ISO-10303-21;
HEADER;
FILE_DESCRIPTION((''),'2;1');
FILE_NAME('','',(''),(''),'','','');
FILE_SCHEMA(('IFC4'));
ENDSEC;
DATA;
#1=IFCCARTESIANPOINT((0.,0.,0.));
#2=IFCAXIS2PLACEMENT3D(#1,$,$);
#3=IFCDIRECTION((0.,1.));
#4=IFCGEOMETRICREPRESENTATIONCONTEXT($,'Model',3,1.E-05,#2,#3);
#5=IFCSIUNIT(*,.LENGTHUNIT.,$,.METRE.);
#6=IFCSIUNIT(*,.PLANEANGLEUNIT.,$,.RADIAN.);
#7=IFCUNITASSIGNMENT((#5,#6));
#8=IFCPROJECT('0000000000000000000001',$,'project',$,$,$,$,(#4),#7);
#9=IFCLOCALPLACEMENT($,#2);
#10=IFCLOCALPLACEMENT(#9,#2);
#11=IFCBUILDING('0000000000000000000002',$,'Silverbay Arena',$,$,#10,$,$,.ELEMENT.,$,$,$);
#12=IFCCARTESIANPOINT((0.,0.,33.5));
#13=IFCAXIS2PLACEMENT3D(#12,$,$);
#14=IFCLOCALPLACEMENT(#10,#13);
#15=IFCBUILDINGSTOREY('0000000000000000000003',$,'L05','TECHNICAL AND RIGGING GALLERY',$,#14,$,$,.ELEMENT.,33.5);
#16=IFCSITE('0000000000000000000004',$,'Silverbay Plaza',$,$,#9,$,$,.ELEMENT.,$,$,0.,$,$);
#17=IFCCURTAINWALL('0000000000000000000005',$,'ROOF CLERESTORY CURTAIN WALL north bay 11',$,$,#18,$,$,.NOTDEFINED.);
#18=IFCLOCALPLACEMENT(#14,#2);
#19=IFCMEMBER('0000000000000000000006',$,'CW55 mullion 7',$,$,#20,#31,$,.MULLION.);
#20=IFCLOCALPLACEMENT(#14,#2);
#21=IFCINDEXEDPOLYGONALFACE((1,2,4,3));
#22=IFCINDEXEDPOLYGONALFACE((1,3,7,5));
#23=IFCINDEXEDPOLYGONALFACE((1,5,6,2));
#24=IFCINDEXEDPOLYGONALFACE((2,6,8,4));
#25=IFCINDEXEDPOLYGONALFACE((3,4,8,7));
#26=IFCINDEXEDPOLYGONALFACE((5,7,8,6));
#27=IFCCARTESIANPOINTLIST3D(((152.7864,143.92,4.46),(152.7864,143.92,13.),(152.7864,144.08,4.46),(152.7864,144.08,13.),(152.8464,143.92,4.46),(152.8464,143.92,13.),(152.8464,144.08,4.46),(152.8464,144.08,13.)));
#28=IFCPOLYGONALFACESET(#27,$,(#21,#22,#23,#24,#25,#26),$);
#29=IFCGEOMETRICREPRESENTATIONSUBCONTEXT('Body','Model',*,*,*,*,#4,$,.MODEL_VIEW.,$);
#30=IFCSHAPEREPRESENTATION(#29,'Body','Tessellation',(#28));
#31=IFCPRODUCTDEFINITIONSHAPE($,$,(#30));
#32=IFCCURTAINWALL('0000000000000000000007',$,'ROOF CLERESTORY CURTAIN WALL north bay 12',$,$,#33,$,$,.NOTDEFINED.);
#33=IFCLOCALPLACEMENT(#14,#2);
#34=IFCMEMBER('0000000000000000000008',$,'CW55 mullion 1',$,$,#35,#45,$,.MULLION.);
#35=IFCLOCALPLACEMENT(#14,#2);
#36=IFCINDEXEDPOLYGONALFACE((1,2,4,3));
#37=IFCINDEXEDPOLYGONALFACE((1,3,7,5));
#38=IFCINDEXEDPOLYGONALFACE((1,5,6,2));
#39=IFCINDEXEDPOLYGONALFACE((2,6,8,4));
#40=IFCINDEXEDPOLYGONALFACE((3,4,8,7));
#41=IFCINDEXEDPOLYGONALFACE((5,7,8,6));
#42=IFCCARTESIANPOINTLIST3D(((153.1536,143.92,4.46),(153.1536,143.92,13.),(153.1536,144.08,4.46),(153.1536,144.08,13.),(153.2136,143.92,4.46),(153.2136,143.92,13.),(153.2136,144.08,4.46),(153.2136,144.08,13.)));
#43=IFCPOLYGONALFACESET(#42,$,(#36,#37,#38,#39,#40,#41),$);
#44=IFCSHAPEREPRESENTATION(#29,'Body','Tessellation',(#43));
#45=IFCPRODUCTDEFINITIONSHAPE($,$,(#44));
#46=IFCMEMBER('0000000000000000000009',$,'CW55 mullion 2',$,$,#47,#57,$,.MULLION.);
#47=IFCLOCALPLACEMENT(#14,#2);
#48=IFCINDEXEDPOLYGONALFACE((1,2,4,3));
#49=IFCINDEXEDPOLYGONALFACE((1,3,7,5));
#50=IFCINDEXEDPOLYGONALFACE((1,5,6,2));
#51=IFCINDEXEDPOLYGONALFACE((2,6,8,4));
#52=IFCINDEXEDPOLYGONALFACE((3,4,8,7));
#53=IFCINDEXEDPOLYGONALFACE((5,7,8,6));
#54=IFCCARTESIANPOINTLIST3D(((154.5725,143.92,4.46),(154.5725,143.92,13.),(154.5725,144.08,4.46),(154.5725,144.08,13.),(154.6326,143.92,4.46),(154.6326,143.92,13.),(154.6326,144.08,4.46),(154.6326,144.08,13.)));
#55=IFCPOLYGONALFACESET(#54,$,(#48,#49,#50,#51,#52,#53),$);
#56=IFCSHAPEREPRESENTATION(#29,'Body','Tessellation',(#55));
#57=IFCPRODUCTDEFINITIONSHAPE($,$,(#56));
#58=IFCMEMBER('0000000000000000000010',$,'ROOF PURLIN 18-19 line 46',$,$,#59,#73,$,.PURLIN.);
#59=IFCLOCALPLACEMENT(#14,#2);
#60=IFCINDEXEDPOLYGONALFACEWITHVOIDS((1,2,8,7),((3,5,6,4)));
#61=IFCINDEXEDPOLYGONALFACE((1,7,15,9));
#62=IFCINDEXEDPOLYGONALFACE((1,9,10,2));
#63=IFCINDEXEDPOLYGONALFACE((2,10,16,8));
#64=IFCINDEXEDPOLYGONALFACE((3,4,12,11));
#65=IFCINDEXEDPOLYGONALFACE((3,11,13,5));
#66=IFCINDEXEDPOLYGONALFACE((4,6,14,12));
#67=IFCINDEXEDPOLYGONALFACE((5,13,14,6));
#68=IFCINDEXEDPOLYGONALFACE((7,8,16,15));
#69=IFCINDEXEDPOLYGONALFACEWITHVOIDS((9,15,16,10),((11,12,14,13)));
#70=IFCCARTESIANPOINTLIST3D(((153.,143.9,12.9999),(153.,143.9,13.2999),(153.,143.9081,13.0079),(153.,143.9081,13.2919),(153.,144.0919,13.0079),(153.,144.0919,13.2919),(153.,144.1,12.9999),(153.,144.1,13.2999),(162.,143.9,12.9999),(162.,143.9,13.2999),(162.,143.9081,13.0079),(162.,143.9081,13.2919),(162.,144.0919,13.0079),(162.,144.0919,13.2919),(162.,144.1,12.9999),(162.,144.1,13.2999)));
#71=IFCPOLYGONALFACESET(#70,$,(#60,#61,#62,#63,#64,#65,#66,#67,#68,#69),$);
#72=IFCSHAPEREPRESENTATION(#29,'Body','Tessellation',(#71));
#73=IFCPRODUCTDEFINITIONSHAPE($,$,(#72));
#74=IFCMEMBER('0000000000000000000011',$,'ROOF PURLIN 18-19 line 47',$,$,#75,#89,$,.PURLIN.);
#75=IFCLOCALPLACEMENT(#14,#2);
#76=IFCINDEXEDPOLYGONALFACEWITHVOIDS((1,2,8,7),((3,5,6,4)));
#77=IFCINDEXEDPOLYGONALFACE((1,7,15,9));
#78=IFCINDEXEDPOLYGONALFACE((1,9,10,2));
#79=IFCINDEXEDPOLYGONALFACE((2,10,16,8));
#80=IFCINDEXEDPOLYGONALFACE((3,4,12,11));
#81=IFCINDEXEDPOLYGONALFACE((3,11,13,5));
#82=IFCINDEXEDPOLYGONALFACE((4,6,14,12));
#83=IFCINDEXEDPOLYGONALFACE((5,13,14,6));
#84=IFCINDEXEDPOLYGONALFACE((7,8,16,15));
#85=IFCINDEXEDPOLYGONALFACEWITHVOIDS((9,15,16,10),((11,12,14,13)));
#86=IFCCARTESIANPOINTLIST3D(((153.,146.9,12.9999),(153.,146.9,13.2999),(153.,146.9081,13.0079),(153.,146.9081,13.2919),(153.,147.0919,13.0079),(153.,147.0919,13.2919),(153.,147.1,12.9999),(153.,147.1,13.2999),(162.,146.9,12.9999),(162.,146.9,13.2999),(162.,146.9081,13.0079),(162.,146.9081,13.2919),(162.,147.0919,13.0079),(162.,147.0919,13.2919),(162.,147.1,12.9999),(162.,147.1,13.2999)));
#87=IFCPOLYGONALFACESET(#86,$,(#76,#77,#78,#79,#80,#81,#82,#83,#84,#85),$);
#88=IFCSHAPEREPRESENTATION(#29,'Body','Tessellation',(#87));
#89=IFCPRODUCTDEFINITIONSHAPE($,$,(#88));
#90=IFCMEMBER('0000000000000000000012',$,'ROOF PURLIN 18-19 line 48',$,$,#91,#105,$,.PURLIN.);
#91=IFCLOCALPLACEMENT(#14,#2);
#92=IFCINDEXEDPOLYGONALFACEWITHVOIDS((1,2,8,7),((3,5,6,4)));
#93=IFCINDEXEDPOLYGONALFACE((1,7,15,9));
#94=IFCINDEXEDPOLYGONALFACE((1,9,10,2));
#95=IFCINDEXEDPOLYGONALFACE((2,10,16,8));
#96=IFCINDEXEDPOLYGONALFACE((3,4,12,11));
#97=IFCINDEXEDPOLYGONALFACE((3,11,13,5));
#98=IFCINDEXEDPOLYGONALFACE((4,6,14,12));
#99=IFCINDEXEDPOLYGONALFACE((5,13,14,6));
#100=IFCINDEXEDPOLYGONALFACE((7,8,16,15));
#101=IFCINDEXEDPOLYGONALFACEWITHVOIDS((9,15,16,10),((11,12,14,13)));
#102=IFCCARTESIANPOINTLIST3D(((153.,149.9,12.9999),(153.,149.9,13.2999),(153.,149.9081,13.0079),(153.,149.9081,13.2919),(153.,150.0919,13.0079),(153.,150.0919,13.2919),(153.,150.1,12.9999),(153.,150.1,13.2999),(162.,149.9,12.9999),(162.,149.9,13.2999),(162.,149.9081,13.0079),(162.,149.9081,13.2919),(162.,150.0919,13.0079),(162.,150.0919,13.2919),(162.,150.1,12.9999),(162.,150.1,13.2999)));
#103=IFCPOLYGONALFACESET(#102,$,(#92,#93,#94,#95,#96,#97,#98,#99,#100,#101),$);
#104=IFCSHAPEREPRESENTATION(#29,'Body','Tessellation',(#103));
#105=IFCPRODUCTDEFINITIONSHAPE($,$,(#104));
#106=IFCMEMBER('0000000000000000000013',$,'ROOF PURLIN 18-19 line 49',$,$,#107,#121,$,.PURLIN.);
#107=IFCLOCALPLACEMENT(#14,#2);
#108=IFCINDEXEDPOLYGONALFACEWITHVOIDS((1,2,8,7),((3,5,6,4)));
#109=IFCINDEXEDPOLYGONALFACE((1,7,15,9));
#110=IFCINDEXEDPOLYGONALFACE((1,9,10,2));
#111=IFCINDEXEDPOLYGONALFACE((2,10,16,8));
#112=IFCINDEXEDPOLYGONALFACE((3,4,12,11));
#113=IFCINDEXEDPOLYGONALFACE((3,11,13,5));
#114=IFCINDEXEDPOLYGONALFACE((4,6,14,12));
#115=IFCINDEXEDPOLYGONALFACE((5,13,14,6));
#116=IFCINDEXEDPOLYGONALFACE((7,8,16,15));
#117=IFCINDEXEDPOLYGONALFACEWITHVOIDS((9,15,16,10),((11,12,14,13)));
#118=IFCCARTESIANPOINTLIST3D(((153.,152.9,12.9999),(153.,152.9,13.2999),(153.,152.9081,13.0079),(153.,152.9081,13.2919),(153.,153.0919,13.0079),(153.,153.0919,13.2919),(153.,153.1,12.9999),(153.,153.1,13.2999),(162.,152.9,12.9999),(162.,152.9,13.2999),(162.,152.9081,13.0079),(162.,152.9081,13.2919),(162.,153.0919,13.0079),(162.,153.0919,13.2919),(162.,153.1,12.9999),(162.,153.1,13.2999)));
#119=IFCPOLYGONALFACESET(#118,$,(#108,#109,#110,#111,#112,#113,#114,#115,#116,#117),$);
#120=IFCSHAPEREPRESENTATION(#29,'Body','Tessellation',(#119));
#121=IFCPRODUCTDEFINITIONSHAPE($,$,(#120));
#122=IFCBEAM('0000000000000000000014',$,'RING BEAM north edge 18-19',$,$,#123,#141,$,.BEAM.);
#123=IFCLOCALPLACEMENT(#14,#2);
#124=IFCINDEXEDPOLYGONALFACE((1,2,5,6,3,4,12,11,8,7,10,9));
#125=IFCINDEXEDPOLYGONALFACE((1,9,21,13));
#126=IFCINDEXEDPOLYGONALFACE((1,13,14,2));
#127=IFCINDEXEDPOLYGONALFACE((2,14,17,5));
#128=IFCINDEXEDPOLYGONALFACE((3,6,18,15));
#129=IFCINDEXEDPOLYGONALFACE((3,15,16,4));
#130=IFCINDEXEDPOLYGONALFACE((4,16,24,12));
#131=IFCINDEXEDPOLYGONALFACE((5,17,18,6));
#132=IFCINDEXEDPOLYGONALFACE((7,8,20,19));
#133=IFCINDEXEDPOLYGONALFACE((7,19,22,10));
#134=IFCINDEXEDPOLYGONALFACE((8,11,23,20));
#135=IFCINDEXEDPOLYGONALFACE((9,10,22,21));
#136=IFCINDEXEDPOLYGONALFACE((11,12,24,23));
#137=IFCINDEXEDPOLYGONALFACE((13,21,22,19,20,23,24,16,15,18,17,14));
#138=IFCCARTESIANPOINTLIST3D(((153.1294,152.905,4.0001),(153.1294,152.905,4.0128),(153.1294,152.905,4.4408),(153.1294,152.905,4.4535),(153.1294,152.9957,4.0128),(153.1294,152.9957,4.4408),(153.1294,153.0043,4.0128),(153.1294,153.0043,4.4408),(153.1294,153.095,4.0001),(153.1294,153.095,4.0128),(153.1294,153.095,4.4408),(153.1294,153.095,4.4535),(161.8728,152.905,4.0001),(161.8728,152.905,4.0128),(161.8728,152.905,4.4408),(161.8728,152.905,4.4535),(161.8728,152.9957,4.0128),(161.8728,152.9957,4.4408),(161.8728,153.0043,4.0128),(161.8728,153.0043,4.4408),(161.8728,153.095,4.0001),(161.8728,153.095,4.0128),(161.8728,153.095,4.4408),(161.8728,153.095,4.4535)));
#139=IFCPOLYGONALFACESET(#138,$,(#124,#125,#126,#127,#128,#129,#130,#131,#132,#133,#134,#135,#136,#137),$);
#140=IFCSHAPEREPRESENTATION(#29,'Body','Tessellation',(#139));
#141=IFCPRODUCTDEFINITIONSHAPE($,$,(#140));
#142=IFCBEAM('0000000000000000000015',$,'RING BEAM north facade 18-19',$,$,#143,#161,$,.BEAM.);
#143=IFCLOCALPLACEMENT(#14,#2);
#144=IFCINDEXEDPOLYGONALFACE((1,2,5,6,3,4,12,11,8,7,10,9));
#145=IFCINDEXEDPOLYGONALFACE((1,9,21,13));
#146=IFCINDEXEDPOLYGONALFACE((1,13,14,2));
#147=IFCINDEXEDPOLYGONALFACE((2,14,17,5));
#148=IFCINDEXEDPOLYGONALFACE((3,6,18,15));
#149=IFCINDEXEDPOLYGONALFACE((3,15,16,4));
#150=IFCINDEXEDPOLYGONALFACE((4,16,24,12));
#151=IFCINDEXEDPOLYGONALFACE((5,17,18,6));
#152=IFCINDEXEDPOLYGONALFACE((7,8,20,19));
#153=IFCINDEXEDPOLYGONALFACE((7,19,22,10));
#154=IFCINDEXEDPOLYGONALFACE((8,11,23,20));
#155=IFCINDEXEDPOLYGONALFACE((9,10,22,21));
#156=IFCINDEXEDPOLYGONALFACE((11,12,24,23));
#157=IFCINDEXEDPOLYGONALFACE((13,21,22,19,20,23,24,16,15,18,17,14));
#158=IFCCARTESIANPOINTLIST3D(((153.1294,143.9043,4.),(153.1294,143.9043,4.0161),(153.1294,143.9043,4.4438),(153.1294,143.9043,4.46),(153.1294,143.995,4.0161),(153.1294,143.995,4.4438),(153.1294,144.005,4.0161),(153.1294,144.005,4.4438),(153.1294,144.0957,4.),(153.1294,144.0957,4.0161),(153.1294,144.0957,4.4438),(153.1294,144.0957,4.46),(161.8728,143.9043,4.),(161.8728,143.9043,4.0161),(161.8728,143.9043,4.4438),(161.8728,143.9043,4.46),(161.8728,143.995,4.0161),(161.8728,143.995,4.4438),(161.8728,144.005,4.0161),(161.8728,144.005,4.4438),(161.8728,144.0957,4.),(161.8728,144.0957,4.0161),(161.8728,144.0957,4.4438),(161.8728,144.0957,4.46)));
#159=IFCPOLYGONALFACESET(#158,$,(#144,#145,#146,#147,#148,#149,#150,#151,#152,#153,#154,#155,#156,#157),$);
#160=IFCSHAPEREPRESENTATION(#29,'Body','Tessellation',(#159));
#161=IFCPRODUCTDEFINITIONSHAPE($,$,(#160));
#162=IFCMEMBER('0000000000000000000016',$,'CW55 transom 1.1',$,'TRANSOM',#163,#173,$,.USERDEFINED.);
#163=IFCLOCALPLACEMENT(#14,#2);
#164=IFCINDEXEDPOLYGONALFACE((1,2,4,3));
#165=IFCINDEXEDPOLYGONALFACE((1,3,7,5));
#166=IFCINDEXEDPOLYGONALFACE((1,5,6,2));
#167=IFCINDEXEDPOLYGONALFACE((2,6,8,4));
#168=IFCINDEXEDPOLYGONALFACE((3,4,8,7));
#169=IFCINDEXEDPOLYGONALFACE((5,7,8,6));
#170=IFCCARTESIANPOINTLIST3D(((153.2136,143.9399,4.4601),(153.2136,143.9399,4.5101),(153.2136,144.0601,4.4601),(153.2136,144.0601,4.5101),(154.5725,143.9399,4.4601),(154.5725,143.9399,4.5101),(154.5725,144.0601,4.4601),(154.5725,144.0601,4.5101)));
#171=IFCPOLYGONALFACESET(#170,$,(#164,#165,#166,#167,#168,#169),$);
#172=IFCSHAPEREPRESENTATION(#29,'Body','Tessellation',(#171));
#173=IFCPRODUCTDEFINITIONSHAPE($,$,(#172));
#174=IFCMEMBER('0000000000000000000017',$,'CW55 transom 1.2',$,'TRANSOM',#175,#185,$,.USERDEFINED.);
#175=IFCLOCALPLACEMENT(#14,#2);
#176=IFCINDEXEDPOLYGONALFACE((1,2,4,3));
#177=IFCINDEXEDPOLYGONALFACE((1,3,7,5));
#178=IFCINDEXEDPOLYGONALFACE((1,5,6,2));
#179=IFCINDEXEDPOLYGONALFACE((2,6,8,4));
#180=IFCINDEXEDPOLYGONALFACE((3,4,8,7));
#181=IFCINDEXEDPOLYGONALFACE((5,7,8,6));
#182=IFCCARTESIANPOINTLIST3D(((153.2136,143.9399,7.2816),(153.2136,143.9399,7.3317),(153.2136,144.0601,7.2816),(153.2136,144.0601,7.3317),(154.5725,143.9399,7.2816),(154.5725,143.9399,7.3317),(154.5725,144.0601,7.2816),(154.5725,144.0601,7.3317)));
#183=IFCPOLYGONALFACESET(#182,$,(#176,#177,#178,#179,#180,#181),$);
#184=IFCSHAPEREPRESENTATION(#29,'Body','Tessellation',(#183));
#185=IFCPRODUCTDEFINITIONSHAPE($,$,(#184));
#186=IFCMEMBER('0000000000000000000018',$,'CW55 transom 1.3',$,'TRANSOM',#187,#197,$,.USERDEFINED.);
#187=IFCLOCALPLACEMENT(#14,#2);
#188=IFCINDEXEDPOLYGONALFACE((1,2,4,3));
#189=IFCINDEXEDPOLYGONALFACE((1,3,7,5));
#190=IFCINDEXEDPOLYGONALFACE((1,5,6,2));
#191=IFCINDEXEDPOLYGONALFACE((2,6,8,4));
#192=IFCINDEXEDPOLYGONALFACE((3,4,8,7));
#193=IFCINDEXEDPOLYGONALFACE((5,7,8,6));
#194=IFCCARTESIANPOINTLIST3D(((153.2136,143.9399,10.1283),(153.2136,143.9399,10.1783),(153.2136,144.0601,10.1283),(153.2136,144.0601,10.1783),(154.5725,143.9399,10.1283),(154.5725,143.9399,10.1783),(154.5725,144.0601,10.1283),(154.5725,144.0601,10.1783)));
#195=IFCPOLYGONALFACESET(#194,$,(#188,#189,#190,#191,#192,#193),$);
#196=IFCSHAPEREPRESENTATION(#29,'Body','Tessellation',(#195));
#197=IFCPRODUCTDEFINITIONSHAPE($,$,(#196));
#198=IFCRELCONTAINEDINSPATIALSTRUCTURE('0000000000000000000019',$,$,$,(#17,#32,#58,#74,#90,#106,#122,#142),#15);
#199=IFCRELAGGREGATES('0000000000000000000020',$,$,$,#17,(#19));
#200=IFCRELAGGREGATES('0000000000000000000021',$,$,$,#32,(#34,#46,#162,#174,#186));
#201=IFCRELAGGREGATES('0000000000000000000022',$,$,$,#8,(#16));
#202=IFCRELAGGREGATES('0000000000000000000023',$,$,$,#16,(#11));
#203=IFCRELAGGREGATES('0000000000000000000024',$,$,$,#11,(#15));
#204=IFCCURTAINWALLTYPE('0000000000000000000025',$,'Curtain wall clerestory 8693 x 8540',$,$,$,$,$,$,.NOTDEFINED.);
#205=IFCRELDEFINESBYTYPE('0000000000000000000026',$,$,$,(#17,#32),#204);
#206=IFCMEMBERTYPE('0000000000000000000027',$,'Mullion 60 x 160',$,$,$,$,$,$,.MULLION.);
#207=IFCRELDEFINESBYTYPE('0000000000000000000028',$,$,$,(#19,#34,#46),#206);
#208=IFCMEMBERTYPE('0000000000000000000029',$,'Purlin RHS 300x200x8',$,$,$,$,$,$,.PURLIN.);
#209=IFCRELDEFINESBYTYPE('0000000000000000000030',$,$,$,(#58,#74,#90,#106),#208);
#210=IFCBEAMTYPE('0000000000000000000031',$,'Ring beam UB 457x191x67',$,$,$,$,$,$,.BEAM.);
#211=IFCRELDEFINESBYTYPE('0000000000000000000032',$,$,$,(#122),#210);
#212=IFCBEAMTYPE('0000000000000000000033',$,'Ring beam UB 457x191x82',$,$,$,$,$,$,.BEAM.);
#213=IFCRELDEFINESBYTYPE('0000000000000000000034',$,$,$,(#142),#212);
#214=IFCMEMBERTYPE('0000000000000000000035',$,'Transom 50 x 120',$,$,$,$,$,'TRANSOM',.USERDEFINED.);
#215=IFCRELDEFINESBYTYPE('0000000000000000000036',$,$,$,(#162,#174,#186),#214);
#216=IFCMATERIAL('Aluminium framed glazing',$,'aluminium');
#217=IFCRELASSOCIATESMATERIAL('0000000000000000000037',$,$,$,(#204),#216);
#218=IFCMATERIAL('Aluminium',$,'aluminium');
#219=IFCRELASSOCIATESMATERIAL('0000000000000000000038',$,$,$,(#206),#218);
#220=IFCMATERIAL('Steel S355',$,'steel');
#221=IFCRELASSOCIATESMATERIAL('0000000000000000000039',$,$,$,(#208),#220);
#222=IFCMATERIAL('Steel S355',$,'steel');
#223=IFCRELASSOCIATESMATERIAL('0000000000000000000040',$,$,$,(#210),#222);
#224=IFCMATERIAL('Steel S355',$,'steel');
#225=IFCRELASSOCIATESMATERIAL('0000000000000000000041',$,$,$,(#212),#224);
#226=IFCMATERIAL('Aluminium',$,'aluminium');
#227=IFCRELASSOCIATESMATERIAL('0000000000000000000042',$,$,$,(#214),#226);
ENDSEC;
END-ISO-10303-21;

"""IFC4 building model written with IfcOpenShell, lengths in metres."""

from ifc_helpers import new_model, si_unit, direction, frame, origin, origin_2d, place, context, subcontext, project, spatial, rectangle, hollow_rectangle, i_section, extrude, material, material_profile, profile_set, type_object, element, aggregate, save


model = new_model("IFC4")

# Units and contexts
model_context = context("Model", 3, precision=1e-05, world=origin(), true_north=direction((0.0, 1.0)))
body_context = subcontext(model_context, "Body", "Model", "MODEL_VIEW")
ifc_project = project(units=[si_unit("LENGTHUNIT", "METRE"), si_unit("PLANEANGLEUNIT", "RADIAN")], contexts=[model_context])

# Site, building, storey
site_placement = place(None, origin())
site = spatial("IfcSite", under=ifc_project, at=site_placement, Name="Silverbay Plaza", CompositionType="ELEMENT", RefElevation=0.0)
building_placement = place(site_placement, origin())
building = spatial("IfcBuilding", under=site, at=building_placement, Name="Silverbay Arena", CompositionType="ELEMENT")
storey_placement = place(building_placement, frame((0.0, 0.0, 33.5)))
storey = spatial("IfcBuildingStorey", under=building, at=storey_placement, Name="L05", Description="TECHNICAL AND RIGGING GALLERY", CompositionType="ELEMENT", Elevation=33.5)

# Curtain wall, member
ifc_material_1 = material(Name="Aluminium framed glazing", Category="aluminium")
curtain_wall_type = type_object("IfcCurtainWallType", Name="Curtain wall clerestory 8693 x 8540", PredefinedType="NOTDEFINED", material=ifc_material_1)
curtain_wall_1_placement = place(storey_placement, origin())
curtain_wall_1 = element("IfcCurtainWall", 1, at=curtain_wall_1_placement, inside=storey, type_object=curtain_wall_type, Name="ROOF CLERESTORY CURTAIN WALL north bay 11", PredefinedType="NOTDEFINED")
ifc_material_2 = material(Name="Aluminium", Category="aluminium")
ifc_material_profile_1 = material_profile(ifc_material_2, rectangle(XDim=0.1599, YDim=0.0601, at=origin_2d()), Name="Mullion 60 x 160")
ifc_profile_set_1 = profile_set([ifc_material_profile_1], Name="Aluminium")
member_type_1 = type_object("IfcMemberType", Name="Mullion 60 x 160", PredefinedType="MULLION", material=ifc_profile_set_1)
member_1_placement = place(storey_placement, frame((152.8164, 144.0, 4.46), z_axis=(0.0, 0.0, 1.0), x_axis=(0.0, 1.0, 0.0)))
member_1 = element("IfcMember", 2, at=member_1_placement, type_object=member_type_1, Name="CW55 mullion 7", PredefinedType="MULLION", context=body_context, shape_type="SweptSolid", body=[
    extrude(rectangle(XDim=0.1599, YDim=0.0601, at=origin_2d()), origin(), (0.0, 0.0, 1.0), 8.54),
])

# Curtain wall, members
curtain_wall_2_placement = place(storey_placement, origin())
curtain_wall_2 = element("IfcCurtainWall", 3, at=curtain_wall_2_placement, inside=storey, type_object=curtain_wall_type, Name="ROOF CLERESTORY CURTAIN WALL north bay 12", PredefinedType="NOTDEFINED")
member_2_placement = place(storey_placement, frame((153.1836, 144.0, 4.46), z_axis=(0.0, 0.0, 1.0), x_axis=(0.0, 1.0, 0.0)))
member_2 = element("IfcMember", 4, at=member_2_placement, type_object=member_type_1, Name="CW55 mullion 1", PredefinedType="MULLION", context=body_context, shape_type="SweptSolid", body=[
    extrude(rectangle(XDim=0.1599, YDim=0.0601, at=origin_2d()), origin(), (0.0, 0.0, 1.0), 8.54),
])
member_3_placement = place(storey_placement, frame((154.6025, 144.0, 4.46), z_axis=(0.0, 0.0, 1.0), x_axis=(0.0, 1.0, 0.0)))
member_3 = element("IfcMember", 5, at=member_3_placement, type_object=member_type_1, Name="CW55 mullion 2", PredefinedType="MULLION", context=body_context, shape_type="SweptSolid", body=[
    extrude(rectangle(XDim=0.1599, YDim=0.0601, at=origin_2d()), origin(), (0.0, 0.0, 1.0), 8.54),
])

# Members
ifc_material_3 = material(Name="Steel S355", Category="steel")
ifc_material_profile_2 = material_profile(ifc_material_3, hollow_rectangle(XDim=0.2, YDim=0.3, WallThickness=0.0081, at=origin_2d()), Name="RHS 300x200x8")
ifc_profile_set_2 = profile_set([ifc_material_profile_2], Name="Steel S355")
member_type_2 = type_object("IfcMemberType", Name="Purlin RHS 300x200x8", PredefinedType="PURLIN", material=ifc_profile_set_2)
for number, where, z_axis, x_axis, name in (
    (6, (153.0, 144.0, 13.1499), (1.0, 0.0, 0.0), (0.0, 1.0, 0.0), "ROOF PURLIN 18-19 line 46"),
    (7, (153.0, 147.0, 13.1499), (1.0, 0.0, 0.0), (0.0, 1.0, 0.0), "ROOF PURLIN 18-19 line 47"),
    (8, (153.0, 150.0, 13.1499), (1.0, 0.0, 0.0), (0.0, 1.0, 0.0), "ROOF PURLIN 18-19 line 48"),
    (9, (153.0, 153.0, 13.1499), (1.0, 0.0, 0.0), (0.0, 1.0, 0.0), "ROOF PURLIN 18-19 line 49"),
):
    element("IfcMember", number, at=place(storey_placement, frame(where, z_axis=z_axis, x_axis=x_axis)), inside=storey, type_object=member_type_2, Name=name, PredefinedType="PURLIN", context=body_context, shape_type="SweptSolid", body=[
        extrude(hollow_rectangle(XDim=0.2, YDim=0.3, WallThickness=0.0081, at=origin_2d()), origin(), (0.0, 0.0, 1.0), 9.0),
    ])

# Beams
ifc_material_4 = material(Name="Steel S355", Category="steel")
ifc_material_profile_3 = material_profile(ifc_material_4, i_section(OverallWidth=0.1899, OverallDepth=0.4534, WebThickness=0.0085, FlangeThickness=0.0127, at=origin_2d()), Name="UB 457x191x67")
ifc_profile_set_3 = profile_set([ifc_material_profile_3], Name="Steel S355")
beam_type_1 = type_object("IfcBeamType", Name="Ring beam UB 457x191x67", PredefinedType="BEAM", material=ifc_profile_set_3)
beam_1_placement = place(storey_placement, frame((153.1294, 153.0, 4.2268), z_axis=(1.0, 0.0, 0.0), x_axis=(0.0, 1.0, 0.0)))
element("IfcBeam", 10, at=beam_1_placement, inside=storey, type_object=beam_type_1, Name="RING BEAM north edge 18-19", PredefinedType="BEAM", context=body_context, shape_type="SweptSolid", body=[
    extrude(i_section(OverallWidth=0.1899, OverallDepth=0.4534, WebThickness=0.0085, FlangeThickness=0.0127, at=origin_2d()), origin(), (0.0, 0.0, 1.0), 8.7434),
])
ifc_material_5 = material(Name="Steel S355", Category="steel")
ifc_material_profile_4 = material_profile(ifc_material_5, i_section(OverallWidth=0.1914, OverallDepth=0.46, WebThickness=0.01, FlangeThickness=0.0161, at=origin_2d()), Name="UB 457x191x82")
ifc_profile_set_4 = profile_set([ifc_material_profile_4], Name="Steel S355")
beam_type_2 = type_object("IfcBeamType", Name="Ring beam UB 457x191x82", PredefinedType="BEAM", material=ifc_profile_set_4)
beam_2_placement = place(storey_placement, frame((153.1294, 144.0, 4.23), z_axis=(1.0, 0.0, 0.0), x_axis=(0.0, 1.0, 0.0)))
element("IfcBeam", 11, at=beam_2_placement, inside=storey, type_object=beam_type_2, Name="RING BEAM north facade 18-19", PredefinedType="BEAM", context=body_context, shape_type="SweptSolid", body=[
    extrude(i_section(OverallWidth=0.1914, OverallDepth=0.46, WebThickness=0.01, FlangeThickness=0.0161, at=origin_2d()), origin(), (0.0, 0.0, 1.0), 8.7434),
])

# Members
ifc_material_6 = material(Name="Aluminium", Category="aluminium")
ifc_material_profile_5 = material_profile(ifc_material_6, rectangle(XDim=0.1201, YDim=0.05, at=origin_2d()), Name="Transom 50 x 120")
ifc_profile_set_5 = profile_set([ifc_material_profile_5], Name="Aluminium")
member_type_3 = type_object("IfcMemberType", Name="Transom 50 x 120", ElementType="TRANSOM", PredefinedType="USERDEFINED", material=ifc_profile_set_5)
member_4_placement = place(storey_placement, frame((153.2136, 144.0, 4.4851), z_axis=(1.0, 0.0, 0.0), x_axis=(0.0, 1.0, 0.0)))
member_4 = element("IfcMember", 12, at=member_4_placement, type_object=member_type_3, Name="CW55 transom 1.1", ObjectType="TRANSOM", PredefinedType="USERDEFINED", context=body_context, shape_type="SweptSolid", body=[
    extrude(rectangle(XDim=0.1201, YDim=0.05, at=origin_2d()), origin(), (0.0, 0.0, 1.0), 1.3589),
])
member_5_placement = place(storey_placement, frame((153.2136, 144.0, 7.3066), z_axis=(1.0, 0.0, 0.0), x_axis=(0.0, 1.0, 0.0)))
member_5 = element("IfcMember", 13, at=member_5_placement, type_object=member_type_3, Name="CW55 transom 1.2", ObjectType="TRANSOM", PredefinedType="USERDEFINED", context=body_context, shape_type="SweptSolid", body=[
    extrude(rectangle(XDim=0.1201, YDim=0.05, at=origin_2d()), origin(), (0.0, 0.0, 1.0), 1.3589),
])
member_6_placement = place(storey_placement, frame((153.2136, 144.0, 10.1533), z_axis=(1.0, 0.0, 0.0), x_axis=(0.0, 1.0, 0.0)))
member_6 = element("IfcMember", 14, at=member_6_placement, type_object=member_type_3, Name="CW55 transom 1.3", ObjectType="TRANSOM", PredefinedType="USERDEFINED", context=body_context, shape_type="SweptSolid", body=[
    extrude(rectangle(XDim=0.1201, YDim=0.05, at=origin_2d()), origin(), (0.0, 0.0, 1.0), 1.3589),
])

aggregate(curtain_wall_1, [member_1])
aggregate(curtain_wall_2, [member_2, member_3, member_4, member_5, member_6])

save(model, "model.ifc")
